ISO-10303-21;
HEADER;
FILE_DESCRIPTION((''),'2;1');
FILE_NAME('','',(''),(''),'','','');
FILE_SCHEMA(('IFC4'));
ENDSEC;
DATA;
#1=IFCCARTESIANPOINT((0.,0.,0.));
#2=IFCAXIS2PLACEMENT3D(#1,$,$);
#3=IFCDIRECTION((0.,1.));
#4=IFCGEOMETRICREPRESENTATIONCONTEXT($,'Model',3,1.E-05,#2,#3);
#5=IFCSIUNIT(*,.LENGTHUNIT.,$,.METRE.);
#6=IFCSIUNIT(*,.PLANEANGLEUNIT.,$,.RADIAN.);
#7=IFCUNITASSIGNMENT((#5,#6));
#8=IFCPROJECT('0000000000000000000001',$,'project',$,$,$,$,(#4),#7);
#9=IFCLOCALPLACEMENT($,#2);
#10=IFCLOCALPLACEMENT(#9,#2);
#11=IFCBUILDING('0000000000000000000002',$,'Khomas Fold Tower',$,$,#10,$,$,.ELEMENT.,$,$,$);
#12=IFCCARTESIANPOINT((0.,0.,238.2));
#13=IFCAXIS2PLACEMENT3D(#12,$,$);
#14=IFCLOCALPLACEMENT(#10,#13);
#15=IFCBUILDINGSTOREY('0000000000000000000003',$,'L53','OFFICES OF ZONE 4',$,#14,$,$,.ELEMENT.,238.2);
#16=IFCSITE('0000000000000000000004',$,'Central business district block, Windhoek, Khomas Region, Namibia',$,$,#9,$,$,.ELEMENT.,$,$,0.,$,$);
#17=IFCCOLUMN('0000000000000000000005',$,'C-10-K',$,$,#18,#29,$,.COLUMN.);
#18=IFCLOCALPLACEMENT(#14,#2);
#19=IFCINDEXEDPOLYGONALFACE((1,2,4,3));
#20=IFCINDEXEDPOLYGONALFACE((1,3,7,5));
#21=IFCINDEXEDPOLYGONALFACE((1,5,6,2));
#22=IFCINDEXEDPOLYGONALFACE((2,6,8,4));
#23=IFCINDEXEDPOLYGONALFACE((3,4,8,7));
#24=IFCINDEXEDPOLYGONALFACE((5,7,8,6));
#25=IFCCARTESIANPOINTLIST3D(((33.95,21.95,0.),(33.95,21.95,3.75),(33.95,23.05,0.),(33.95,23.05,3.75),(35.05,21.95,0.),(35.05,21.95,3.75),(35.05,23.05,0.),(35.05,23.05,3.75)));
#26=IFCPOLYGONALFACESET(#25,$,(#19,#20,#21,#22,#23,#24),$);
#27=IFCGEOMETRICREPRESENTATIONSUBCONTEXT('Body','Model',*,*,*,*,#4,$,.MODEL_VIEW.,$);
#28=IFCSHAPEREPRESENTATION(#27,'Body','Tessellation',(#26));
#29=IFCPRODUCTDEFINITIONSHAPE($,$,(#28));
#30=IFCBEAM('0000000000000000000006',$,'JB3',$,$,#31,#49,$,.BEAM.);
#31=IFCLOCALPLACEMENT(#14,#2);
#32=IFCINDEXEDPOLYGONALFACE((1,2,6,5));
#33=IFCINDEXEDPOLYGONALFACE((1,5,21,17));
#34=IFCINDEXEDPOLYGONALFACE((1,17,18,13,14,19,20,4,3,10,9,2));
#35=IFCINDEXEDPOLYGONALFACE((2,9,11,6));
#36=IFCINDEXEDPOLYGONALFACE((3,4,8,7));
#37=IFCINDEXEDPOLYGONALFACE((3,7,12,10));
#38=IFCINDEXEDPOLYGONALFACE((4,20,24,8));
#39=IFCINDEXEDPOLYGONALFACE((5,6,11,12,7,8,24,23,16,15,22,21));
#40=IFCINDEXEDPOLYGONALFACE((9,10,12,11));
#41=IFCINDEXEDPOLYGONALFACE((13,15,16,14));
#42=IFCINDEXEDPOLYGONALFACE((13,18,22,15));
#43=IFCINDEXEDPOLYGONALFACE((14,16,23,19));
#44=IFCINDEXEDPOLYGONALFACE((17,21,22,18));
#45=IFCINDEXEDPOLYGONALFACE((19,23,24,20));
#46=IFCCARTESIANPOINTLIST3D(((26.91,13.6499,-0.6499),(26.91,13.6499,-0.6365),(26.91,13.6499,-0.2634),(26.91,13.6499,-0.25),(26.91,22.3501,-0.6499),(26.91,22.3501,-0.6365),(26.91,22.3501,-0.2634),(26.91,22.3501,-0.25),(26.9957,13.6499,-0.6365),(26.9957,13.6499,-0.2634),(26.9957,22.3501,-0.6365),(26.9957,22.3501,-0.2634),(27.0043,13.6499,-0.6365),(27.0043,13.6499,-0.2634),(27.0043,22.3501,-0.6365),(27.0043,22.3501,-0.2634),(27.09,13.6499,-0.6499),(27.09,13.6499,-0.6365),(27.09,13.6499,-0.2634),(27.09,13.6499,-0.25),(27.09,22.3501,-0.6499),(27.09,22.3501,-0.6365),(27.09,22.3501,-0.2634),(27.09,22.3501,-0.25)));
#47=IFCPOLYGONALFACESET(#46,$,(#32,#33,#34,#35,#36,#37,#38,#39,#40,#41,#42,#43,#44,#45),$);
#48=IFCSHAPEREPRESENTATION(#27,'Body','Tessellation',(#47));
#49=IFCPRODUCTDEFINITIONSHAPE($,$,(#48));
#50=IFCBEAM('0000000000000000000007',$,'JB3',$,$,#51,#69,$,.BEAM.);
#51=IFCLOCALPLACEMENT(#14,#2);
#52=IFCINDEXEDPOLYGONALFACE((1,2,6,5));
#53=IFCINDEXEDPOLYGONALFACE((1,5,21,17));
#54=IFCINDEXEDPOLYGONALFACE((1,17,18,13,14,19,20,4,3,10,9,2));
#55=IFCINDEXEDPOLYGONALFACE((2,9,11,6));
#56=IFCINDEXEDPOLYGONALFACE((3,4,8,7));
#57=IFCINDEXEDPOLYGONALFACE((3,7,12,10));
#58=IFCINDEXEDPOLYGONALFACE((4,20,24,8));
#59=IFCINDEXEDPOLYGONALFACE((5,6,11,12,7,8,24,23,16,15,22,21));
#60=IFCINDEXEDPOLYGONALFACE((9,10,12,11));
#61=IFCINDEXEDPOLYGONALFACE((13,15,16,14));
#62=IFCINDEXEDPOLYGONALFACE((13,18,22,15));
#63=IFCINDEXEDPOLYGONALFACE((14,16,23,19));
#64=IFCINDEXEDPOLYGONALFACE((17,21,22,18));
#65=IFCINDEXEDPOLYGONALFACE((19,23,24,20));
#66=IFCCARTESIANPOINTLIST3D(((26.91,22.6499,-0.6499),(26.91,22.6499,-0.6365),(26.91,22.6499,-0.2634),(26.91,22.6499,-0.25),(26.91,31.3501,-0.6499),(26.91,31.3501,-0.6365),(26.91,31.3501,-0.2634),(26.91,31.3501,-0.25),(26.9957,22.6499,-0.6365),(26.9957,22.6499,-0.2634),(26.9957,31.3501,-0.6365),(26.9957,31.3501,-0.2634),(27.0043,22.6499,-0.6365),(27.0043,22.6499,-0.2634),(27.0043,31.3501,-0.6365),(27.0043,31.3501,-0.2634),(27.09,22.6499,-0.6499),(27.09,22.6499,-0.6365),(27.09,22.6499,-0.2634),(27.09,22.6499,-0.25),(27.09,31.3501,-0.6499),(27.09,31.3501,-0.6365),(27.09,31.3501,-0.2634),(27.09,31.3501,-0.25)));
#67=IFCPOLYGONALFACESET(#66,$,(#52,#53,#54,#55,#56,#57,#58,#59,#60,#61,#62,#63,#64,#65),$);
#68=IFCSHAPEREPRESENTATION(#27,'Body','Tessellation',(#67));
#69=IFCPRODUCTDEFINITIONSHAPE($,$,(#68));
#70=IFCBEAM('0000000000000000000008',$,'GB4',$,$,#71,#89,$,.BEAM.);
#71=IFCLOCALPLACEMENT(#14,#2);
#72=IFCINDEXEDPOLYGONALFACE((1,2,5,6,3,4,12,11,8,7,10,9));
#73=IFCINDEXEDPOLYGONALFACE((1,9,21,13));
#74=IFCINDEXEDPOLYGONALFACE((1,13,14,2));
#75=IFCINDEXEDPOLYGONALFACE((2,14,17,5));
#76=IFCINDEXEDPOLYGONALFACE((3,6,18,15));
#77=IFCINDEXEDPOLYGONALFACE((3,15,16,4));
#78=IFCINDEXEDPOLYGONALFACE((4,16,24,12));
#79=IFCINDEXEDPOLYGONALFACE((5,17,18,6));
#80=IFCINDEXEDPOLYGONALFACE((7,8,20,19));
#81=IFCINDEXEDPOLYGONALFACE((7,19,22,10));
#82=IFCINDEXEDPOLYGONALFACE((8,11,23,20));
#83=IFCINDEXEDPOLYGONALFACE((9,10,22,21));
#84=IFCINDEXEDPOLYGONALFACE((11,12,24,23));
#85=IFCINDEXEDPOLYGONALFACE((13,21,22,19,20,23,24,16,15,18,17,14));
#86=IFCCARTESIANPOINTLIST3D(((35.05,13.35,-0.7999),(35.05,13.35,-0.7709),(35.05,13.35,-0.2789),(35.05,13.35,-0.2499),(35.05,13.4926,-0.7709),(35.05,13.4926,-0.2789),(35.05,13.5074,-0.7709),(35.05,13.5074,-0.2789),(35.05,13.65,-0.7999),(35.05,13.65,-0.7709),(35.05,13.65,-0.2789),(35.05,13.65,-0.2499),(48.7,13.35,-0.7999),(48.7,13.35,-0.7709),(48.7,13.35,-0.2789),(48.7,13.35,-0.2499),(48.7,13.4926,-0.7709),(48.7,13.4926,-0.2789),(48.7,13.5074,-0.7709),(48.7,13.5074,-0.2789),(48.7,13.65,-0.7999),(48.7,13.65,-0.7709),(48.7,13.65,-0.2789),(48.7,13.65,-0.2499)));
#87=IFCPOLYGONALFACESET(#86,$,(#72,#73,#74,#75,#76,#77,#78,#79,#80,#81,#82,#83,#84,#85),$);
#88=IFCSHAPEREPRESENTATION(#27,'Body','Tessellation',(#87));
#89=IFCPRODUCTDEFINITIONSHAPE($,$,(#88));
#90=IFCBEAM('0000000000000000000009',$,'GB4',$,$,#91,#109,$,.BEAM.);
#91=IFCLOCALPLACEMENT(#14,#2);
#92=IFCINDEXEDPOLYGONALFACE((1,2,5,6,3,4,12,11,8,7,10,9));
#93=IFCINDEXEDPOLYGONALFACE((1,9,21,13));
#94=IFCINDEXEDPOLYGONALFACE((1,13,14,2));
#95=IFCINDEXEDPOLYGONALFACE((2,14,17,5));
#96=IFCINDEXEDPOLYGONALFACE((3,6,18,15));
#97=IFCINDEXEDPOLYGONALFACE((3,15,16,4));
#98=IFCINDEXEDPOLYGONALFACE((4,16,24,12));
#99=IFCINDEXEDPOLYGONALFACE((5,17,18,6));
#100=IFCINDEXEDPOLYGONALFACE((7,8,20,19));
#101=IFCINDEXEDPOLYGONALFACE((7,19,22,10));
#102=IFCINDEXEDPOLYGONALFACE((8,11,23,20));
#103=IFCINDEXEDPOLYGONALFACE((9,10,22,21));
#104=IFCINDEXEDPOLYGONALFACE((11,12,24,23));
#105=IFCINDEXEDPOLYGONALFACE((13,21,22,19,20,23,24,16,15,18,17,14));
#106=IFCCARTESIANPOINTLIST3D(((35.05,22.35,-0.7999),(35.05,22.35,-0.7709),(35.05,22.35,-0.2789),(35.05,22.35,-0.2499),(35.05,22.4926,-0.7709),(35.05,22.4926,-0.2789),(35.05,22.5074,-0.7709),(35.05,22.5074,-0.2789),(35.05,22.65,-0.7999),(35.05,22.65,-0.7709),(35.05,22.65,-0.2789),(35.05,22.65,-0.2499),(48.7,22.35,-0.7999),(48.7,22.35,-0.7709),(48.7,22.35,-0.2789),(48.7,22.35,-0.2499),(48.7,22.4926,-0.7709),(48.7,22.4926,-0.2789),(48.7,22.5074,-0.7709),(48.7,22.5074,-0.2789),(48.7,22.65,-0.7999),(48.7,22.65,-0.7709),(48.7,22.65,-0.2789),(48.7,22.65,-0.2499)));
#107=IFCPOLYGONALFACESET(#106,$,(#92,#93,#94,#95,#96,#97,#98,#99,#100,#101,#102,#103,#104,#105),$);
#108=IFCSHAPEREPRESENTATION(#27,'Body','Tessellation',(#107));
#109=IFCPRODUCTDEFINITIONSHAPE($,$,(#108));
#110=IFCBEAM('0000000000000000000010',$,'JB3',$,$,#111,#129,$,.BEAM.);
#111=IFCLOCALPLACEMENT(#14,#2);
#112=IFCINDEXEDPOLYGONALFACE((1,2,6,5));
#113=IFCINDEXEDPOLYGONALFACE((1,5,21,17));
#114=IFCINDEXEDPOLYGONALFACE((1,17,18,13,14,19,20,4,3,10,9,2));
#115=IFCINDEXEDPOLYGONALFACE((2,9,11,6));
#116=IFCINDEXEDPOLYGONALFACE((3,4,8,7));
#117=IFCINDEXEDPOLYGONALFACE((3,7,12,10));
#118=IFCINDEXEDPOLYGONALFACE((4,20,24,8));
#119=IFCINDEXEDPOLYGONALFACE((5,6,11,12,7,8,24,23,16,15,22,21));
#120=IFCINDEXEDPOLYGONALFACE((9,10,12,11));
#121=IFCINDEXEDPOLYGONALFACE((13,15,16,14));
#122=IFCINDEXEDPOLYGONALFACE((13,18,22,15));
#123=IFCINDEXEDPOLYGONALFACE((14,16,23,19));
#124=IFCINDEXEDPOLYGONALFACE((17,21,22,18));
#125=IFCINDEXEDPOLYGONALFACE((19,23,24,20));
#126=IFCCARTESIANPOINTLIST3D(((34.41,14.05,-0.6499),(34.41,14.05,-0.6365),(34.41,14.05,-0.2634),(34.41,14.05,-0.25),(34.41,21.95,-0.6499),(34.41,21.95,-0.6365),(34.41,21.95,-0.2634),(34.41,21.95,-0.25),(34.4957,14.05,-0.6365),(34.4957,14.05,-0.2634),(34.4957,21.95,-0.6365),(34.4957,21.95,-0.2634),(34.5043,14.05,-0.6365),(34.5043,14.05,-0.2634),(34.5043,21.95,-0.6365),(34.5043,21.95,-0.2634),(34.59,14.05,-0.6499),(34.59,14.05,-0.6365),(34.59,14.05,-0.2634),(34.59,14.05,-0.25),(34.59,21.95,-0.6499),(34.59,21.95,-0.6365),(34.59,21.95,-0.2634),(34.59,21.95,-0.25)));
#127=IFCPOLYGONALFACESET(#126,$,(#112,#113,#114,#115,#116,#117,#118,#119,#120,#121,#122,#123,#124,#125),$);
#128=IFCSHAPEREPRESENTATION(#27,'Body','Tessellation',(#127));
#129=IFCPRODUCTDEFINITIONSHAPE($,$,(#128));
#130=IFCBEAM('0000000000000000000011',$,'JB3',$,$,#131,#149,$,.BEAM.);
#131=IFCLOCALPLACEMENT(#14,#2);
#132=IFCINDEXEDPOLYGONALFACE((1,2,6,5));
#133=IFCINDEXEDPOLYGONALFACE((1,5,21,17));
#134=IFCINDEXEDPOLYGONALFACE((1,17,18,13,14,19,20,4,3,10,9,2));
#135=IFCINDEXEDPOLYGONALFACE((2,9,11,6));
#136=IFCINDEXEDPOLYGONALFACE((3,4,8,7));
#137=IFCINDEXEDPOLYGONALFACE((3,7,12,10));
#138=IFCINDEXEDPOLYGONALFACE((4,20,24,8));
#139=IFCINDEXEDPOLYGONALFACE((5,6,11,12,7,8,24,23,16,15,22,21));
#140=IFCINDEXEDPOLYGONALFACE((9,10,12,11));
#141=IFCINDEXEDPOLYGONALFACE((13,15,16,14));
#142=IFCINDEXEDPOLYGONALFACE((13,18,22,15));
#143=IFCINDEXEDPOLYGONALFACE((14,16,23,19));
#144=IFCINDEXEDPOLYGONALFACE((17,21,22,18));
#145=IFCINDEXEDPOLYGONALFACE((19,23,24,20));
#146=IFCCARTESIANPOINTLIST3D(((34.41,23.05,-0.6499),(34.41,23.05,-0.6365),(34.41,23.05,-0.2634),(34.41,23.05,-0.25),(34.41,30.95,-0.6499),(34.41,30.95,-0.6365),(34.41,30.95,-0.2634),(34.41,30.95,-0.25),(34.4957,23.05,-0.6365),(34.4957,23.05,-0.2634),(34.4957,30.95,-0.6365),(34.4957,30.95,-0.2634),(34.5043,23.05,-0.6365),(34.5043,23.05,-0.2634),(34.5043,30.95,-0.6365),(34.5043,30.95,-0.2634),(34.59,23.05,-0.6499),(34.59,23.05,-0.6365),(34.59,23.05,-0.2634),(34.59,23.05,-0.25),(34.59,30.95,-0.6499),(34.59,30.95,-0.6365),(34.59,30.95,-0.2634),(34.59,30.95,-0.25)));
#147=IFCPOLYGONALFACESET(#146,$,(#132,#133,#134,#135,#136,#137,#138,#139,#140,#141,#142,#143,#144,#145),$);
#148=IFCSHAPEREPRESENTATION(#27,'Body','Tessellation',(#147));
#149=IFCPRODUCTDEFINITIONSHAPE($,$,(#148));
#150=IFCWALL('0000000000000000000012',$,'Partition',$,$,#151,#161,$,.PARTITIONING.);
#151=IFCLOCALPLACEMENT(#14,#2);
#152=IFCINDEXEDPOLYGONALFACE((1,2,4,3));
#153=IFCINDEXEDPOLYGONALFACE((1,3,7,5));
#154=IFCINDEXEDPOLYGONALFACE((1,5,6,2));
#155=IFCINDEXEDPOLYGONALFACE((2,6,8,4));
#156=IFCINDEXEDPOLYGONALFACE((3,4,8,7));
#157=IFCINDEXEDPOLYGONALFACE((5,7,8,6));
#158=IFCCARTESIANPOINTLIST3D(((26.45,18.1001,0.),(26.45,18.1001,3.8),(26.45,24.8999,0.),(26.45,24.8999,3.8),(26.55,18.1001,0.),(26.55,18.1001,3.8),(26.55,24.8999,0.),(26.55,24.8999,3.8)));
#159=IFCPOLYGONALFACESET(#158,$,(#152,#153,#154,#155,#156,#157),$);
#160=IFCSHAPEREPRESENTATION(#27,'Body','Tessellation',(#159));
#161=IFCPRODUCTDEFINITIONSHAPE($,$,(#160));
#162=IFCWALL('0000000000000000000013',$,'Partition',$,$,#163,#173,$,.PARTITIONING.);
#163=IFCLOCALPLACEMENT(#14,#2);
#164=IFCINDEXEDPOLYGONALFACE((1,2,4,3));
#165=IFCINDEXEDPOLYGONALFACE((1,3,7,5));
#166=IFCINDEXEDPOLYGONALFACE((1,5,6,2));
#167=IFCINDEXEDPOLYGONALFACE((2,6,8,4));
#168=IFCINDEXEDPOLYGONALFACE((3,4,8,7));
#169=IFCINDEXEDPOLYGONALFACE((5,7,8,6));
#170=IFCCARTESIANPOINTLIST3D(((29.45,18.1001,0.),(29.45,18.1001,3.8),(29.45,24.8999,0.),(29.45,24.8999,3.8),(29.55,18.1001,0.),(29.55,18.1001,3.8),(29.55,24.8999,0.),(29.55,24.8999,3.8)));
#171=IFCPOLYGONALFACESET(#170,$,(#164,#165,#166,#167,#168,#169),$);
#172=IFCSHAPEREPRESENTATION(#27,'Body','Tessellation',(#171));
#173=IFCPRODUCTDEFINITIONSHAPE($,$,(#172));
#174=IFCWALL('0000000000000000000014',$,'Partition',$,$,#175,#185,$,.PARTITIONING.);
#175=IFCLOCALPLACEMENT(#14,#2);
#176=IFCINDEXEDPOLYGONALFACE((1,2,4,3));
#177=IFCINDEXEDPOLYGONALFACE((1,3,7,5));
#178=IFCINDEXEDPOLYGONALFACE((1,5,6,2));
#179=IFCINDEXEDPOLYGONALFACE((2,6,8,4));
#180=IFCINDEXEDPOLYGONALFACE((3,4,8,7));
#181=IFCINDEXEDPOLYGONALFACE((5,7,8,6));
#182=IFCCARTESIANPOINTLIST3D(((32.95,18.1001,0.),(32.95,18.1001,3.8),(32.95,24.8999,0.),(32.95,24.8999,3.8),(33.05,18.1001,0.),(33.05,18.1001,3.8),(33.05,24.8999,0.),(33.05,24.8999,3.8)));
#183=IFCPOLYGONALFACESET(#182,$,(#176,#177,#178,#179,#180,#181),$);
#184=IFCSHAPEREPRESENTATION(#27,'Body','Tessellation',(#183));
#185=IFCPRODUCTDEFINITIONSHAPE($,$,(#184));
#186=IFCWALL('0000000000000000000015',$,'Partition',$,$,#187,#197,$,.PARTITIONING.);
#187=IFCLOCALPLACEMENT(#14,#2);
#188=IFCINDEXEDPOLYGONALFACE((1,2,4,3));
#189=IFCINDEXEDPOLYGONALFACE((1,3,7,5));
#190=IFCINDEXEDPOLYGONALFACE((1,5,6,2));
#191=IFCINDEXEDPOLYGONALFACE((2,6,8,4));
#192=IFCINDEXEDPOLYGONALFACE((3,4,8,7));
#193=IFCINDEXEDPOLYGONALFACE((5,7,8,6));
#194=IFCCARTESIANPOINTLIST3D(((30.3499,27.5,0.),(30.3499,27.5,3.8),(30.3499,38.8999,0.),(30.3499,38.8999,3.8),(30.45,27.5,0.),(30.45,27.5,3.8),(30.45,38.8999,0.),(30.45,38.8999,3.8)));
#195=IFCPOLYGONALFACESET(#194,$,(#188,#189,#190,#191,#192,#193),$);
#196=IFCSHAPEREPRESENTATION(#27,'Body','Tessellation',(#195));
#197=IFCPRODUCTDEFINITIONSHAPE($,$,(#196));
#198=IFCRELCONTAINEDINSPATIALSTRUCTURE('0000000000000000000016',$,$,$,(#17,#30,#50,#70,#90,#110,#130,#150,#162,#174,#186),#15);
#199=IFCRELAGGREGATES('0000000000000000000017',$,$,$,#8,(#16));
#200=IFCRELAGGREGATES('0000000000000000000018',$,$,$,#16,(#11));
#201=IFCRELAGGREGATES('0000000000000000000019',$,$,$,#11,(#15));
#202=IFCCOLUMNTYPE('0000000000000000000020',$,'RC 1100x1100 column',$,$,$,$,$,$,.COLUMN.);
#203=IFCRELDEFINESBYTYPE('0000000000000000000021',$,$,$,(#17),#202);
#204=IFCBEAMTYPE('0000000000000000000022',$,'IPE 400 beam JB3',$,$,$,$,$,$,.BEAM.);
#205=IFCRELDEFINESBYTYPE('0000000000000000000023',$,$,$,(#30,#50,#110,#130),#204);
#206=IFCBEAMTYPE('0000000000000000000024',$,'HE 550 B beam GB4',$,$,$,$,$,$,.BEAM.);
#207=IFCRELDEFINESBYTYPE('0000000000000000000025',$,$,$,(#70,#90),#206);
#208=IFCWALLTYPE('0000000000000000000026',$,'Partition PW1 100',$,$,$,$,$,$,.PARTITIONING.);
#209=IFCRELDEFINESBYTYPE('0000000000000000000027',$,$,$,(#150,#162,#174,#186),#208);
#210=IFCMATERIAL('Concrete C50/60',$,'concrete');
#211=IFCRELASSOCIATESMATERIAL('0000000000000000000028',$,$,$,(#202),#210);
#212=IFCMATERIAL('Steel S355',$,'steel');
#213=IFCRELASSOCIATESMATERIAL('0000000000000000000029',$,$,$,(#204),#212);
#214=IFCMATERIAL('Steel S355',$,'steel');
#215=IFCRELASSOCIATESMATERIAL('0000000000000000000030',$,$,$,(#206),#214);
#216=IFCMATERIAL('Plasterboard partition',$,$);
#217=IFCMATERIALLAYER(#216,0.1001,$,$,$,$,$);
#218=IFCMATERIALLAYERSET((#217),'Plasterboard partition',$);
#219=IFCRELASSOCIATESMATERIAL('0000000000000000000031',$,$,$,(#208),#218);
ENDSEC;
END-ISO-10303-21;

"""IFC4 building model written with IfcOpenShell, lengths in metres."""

from ifc_helpers import new_model, si_unit, direction, frame, frame_2d, origin, origin_2d, place, context, subcontext, project, spatial, rectangle, i_section, extrude, source, transform, mapped, material, layer, layer_set, material_profile, profile_set, type_object, element, save


model = new_model("IFC4")

# Units and contexts
model_context = context("Model", 3, precision=1e-05, world=origin(), true_north=direction((0.0, 1.0)))
body_context = subcontext(model_context, "Body", "Model", "MODEL_VIEW")
ifc_project = project(units=[si_unit("LENGTHUNIT", "METRE"), si_unit("PLANEANGLEUNIT", "RADIAN")], contexts=[model_context])

# Site, building, storey
site_placement = place(None, origin())
site = spatial("IfcSite", under=ifc_project, at=site_placement, Name="Central business district block, Windhoek, Khomas Region, Namibia", CompositionType="ELEMENT", RefElevation=0.0)
building_placement = place(site_placement, origin())
building = spatial("IfcBuilding", under=site, at=building_placement, Name="Khomas Fold Tower", CompositionType="ELEMENT")
storey_placement = place(building_placement, frame((0.0, 0.0, 238.2)))
storey = spatial("IfcBuildingStorey", under=building, at=storey_placement, Name="L53", Description="OFFICES OF ZONE 4", CompositionType="ELEMENT", Elevation=238.2)

# Column
ifc_material_1 = material(Name="Concrete C50/60", Category="concrete")
ifc_material_profile_1 = material_profile(ifc_material_1, rectangle(XDim=1.1001, YDim=1.1001, at=origin_2d()), Name="RC 1100x1100")
ifc_profile_set_1 = profile_set([ifc_material_profile_1], Name="Concrete C50/60")
column_type = type_object("IfcColumnType", Name="RC 1100x1100 column", PredefinedType="COLUMN", material=ifc_profile_set_1)
shared_shape_1 = source(origin(), body_context, "Body", "SweptSolid", [
    extrude(rectangle(XDim=1.1001, YDim=1.1001, at=origin_2d()), origin(), (0.0, 0.0, 1.0), 3.75),
])
column_placement = place(storey_placement, frame((34.5, 22.5, 0.0), z_axis=(0.0, 0.0, 1.0), x_axis=(1.0, 0.0, 0.0)))
element("IfcColumn", 1, at=column_placement, inside=storey, type_object=column_type, Name="C-10-K", PredefinedType="COLUMN", context=body_context, shape_type="MappedRepresentation", body=[
    mapped(shared_shape_1, transform((0.0, 0.0, 0.0))),
])

# Beams
ifc_material_2 = material(Name="Steel S355", Category="steel")
ifc_material_profile_2 = material_profile(ifc_material_2, i_section(OverallWidth=0.1799, OverallDepth=0.3999, WebThickness=0.0085, FlangeThickness=0.0134, at=origin_2d()), Name="IPE 400")
ifc_profile_set_2 = profile_set([ifc_material_profile_2], Name="Steel S355")
beam_type_1 = type_object("IfcBeamType", Name="IPE 400 beam JB3", PredefinedType="BEAM", material=ifc_profile_set_2)
shared_shape_2 = source(origin(), body_context, "Body", "SweptSolid", [
    extrude(i_section(OverallWidth=0.1799, OverallDepth=0.3999, WebThickness=0.0085, FlangeThickness=0.0134, at=origin_2d()), origin(), (0.0, 0.0, 1.0), 8.7002),
])
for number, where, z_axis, x_axis, name in (
    (2, (27.0, 13.6499, -0.45), (0.0, 1.0, 0.0), (-1.0, 0.0, 0.0), "JB3"),
    (3, (27.0, 22.6499, -0.45), (0.0, 1.0, 0.0), (-1.0, 0.0, 0.0), "JB3"),
):
    element("IfcBeam", number, at=place(storey_placement, frame(where, z_axis=z_axis, x_axis=x_axis)), inside=storey, type_object=beam_type_1, Name=name, PredefinedType="BEAM", context=body_context, shape_type="MappedRepresentation", body=[
        mapped(shared_shape_2, transform((0.0, 0.0, 0.0))),
    ])
ifc_material_3 = material(Name="Steel S355", Category="steel")
ifc_material_profile_3 = material_profile(ifc_material_3, i_section(OverallWidth=0.3, OverallDepth=0.55, WebThickness=0.0149, FlangeThickness=0.0291, at=origin_2d()), Name="HE 550 B")
ifc_profile_set_3 = profile_set([ifc_material_profile_3], Name="Steel S355")
beam_type_2 = type_object("IfcBeamType", Name="HE 550 B beam GB4", PredefinedType="BEAM", material=ifc_profile_set_3)
shared_shape_3 = source(origin(), body_context, "Body", "SweptSolid", [
    extrude(i_section(OverallWidth=0.3, OverallDepth=0.55, WebThickness=0.0149, FlangeThickness=0.0291, at=origin_2d()), origin(), (0.0, 0.0, 1.0), 13.6499),
])
for number, where, z_axis, x_axis, name in (
    (4, (35.05, 13.5, -0.5249), (1.0, 0.0, 0.0), (0.0, 1.0, 0.0), "GB4"),
    (5, (35.05, 22.5, -0.5249), (1.0, 0.0, 0.0), (0.0, 1.0, 0.0), "GB4"),
):
    element("IfcBeam", number, at=place(storey_placement, frame(where, z_axis=z_axis, x_axis=x_axis)), inside=storey, type_object=beam_type_2, Name=name, PredefinedType="BEAM", context=body_context, shape_type="MappedRepresentation", body=[
        mapped(shared_shape_3, transform((0.0, 0.0, 0.0))),
    ])
shared_shape_4 = source(origin(), body_context, "Body", "SweptSolid", [
    extrude(i_section(OverallWidth=0.1799, OverallDepth=0.3999, WebThickness=0.0085, FlangeThickness=0.0134, at=origin_2d()), origin(), (0.0, 0.0, 1.0), 7.8999),
])
for number, where, z_axis, x_axis, name in (
    (6, (34.5, 14.05, -0.45), (0.0, 1.0, 0.0), (-1.0, 0.0, 0.0), "JB3"),
    (7, (34.5, 23.05, -0.45), (0.0, 1.0, 0.0), (-1.0, 0.0, 0.0), "JB3"),
):
    element("IfcBeam", number, at=place(storey_placement, frame(where, z_axis=z_axis, x_axis=x_axis)), inside=storey, type_object=beam_type_1, Name=name, PredefinedType="BEAM", context=body_context, shape_type="MappedRepresentation", body=[
        mapped(shared_shape_4, transform((0.0, 0.0, 0.0))),
    ])

# Walls
ifc_material_4 = material(Name="Plasterboard partition")
ifc_layer = layer(ifc_material_4, 0.1001)
ifc_layer_set = layer_set([ifc_layer], Name="Plasterboard partition")
wall_type = type_object("IfcWallType", Name="Partition PW1 100", PredefinedType="PARTITIONING", material=ifc_layer_set)
shared_shape_5 = source(origin(), body_context, "Body", "SweptSolid", [
    extrude(rectangle(XDim=6.7998, YDim=0.1001, at=frame_2d((3.3999, 0.0))), origin(), (0.0, 0.0, 1.0), 3.8),
])
for number, where, z_axis, x_axis, name in (
    (8, (26.5, 18.1001, 0.0), (0.0, 0.0, 1.0), (0.0, 1.0, 0.0), "Partition"),
    (9, (29.5, 18.1001, 0.0), (0.0, 0.0, 1.0), (0.0, 1.0, 0.0), "Partition"),
    (10, (33.0, 18.1001, 0.0), (0.0, 0.0, 1.0), (0.0, 1.0, 0.0), "Partition"),
):
    element("IfcWall", number, at=place(storey_placement, frame(where, z_axis=z_axis, x_axis=x_axis)), inside=storey, type_object=wall_type, Name=name, PredefinedType="PARTITIONING", context=body_context, shape_type="MappedRepresentation", body=[
        mapped(shared_shape_5, transform((0.0, 0.0, 0.0))),
    ])
shared_shape_6 = source(origin(), body_context, "Body", "SweptSolid", [
    extrude(rectangle(XDim=11.3999, YDim=0.1001, at=frame_2d((5.7, 0.0))), origin(), (0.0, 0.0, 1.0), 3.8),
])
wall_placement = place(storey_placement, frame((30.3999, 27.5, 0.0), z_axis=(0.0, 0.0, 1.0), x_axis=(0.0, 1.0, 0.0)))
element("IfcWall", 11, at=wall_placement, inside=storey, type_object=wall_type, Name="Partition", PredefinedType="PARTITIONING", context=body_context, shape_type="MappedRepresentation", body=[
    mapped(shared_shape_6, transform((0.0, 0.0, 0.0))),
])

save(model, "model.ifc")
